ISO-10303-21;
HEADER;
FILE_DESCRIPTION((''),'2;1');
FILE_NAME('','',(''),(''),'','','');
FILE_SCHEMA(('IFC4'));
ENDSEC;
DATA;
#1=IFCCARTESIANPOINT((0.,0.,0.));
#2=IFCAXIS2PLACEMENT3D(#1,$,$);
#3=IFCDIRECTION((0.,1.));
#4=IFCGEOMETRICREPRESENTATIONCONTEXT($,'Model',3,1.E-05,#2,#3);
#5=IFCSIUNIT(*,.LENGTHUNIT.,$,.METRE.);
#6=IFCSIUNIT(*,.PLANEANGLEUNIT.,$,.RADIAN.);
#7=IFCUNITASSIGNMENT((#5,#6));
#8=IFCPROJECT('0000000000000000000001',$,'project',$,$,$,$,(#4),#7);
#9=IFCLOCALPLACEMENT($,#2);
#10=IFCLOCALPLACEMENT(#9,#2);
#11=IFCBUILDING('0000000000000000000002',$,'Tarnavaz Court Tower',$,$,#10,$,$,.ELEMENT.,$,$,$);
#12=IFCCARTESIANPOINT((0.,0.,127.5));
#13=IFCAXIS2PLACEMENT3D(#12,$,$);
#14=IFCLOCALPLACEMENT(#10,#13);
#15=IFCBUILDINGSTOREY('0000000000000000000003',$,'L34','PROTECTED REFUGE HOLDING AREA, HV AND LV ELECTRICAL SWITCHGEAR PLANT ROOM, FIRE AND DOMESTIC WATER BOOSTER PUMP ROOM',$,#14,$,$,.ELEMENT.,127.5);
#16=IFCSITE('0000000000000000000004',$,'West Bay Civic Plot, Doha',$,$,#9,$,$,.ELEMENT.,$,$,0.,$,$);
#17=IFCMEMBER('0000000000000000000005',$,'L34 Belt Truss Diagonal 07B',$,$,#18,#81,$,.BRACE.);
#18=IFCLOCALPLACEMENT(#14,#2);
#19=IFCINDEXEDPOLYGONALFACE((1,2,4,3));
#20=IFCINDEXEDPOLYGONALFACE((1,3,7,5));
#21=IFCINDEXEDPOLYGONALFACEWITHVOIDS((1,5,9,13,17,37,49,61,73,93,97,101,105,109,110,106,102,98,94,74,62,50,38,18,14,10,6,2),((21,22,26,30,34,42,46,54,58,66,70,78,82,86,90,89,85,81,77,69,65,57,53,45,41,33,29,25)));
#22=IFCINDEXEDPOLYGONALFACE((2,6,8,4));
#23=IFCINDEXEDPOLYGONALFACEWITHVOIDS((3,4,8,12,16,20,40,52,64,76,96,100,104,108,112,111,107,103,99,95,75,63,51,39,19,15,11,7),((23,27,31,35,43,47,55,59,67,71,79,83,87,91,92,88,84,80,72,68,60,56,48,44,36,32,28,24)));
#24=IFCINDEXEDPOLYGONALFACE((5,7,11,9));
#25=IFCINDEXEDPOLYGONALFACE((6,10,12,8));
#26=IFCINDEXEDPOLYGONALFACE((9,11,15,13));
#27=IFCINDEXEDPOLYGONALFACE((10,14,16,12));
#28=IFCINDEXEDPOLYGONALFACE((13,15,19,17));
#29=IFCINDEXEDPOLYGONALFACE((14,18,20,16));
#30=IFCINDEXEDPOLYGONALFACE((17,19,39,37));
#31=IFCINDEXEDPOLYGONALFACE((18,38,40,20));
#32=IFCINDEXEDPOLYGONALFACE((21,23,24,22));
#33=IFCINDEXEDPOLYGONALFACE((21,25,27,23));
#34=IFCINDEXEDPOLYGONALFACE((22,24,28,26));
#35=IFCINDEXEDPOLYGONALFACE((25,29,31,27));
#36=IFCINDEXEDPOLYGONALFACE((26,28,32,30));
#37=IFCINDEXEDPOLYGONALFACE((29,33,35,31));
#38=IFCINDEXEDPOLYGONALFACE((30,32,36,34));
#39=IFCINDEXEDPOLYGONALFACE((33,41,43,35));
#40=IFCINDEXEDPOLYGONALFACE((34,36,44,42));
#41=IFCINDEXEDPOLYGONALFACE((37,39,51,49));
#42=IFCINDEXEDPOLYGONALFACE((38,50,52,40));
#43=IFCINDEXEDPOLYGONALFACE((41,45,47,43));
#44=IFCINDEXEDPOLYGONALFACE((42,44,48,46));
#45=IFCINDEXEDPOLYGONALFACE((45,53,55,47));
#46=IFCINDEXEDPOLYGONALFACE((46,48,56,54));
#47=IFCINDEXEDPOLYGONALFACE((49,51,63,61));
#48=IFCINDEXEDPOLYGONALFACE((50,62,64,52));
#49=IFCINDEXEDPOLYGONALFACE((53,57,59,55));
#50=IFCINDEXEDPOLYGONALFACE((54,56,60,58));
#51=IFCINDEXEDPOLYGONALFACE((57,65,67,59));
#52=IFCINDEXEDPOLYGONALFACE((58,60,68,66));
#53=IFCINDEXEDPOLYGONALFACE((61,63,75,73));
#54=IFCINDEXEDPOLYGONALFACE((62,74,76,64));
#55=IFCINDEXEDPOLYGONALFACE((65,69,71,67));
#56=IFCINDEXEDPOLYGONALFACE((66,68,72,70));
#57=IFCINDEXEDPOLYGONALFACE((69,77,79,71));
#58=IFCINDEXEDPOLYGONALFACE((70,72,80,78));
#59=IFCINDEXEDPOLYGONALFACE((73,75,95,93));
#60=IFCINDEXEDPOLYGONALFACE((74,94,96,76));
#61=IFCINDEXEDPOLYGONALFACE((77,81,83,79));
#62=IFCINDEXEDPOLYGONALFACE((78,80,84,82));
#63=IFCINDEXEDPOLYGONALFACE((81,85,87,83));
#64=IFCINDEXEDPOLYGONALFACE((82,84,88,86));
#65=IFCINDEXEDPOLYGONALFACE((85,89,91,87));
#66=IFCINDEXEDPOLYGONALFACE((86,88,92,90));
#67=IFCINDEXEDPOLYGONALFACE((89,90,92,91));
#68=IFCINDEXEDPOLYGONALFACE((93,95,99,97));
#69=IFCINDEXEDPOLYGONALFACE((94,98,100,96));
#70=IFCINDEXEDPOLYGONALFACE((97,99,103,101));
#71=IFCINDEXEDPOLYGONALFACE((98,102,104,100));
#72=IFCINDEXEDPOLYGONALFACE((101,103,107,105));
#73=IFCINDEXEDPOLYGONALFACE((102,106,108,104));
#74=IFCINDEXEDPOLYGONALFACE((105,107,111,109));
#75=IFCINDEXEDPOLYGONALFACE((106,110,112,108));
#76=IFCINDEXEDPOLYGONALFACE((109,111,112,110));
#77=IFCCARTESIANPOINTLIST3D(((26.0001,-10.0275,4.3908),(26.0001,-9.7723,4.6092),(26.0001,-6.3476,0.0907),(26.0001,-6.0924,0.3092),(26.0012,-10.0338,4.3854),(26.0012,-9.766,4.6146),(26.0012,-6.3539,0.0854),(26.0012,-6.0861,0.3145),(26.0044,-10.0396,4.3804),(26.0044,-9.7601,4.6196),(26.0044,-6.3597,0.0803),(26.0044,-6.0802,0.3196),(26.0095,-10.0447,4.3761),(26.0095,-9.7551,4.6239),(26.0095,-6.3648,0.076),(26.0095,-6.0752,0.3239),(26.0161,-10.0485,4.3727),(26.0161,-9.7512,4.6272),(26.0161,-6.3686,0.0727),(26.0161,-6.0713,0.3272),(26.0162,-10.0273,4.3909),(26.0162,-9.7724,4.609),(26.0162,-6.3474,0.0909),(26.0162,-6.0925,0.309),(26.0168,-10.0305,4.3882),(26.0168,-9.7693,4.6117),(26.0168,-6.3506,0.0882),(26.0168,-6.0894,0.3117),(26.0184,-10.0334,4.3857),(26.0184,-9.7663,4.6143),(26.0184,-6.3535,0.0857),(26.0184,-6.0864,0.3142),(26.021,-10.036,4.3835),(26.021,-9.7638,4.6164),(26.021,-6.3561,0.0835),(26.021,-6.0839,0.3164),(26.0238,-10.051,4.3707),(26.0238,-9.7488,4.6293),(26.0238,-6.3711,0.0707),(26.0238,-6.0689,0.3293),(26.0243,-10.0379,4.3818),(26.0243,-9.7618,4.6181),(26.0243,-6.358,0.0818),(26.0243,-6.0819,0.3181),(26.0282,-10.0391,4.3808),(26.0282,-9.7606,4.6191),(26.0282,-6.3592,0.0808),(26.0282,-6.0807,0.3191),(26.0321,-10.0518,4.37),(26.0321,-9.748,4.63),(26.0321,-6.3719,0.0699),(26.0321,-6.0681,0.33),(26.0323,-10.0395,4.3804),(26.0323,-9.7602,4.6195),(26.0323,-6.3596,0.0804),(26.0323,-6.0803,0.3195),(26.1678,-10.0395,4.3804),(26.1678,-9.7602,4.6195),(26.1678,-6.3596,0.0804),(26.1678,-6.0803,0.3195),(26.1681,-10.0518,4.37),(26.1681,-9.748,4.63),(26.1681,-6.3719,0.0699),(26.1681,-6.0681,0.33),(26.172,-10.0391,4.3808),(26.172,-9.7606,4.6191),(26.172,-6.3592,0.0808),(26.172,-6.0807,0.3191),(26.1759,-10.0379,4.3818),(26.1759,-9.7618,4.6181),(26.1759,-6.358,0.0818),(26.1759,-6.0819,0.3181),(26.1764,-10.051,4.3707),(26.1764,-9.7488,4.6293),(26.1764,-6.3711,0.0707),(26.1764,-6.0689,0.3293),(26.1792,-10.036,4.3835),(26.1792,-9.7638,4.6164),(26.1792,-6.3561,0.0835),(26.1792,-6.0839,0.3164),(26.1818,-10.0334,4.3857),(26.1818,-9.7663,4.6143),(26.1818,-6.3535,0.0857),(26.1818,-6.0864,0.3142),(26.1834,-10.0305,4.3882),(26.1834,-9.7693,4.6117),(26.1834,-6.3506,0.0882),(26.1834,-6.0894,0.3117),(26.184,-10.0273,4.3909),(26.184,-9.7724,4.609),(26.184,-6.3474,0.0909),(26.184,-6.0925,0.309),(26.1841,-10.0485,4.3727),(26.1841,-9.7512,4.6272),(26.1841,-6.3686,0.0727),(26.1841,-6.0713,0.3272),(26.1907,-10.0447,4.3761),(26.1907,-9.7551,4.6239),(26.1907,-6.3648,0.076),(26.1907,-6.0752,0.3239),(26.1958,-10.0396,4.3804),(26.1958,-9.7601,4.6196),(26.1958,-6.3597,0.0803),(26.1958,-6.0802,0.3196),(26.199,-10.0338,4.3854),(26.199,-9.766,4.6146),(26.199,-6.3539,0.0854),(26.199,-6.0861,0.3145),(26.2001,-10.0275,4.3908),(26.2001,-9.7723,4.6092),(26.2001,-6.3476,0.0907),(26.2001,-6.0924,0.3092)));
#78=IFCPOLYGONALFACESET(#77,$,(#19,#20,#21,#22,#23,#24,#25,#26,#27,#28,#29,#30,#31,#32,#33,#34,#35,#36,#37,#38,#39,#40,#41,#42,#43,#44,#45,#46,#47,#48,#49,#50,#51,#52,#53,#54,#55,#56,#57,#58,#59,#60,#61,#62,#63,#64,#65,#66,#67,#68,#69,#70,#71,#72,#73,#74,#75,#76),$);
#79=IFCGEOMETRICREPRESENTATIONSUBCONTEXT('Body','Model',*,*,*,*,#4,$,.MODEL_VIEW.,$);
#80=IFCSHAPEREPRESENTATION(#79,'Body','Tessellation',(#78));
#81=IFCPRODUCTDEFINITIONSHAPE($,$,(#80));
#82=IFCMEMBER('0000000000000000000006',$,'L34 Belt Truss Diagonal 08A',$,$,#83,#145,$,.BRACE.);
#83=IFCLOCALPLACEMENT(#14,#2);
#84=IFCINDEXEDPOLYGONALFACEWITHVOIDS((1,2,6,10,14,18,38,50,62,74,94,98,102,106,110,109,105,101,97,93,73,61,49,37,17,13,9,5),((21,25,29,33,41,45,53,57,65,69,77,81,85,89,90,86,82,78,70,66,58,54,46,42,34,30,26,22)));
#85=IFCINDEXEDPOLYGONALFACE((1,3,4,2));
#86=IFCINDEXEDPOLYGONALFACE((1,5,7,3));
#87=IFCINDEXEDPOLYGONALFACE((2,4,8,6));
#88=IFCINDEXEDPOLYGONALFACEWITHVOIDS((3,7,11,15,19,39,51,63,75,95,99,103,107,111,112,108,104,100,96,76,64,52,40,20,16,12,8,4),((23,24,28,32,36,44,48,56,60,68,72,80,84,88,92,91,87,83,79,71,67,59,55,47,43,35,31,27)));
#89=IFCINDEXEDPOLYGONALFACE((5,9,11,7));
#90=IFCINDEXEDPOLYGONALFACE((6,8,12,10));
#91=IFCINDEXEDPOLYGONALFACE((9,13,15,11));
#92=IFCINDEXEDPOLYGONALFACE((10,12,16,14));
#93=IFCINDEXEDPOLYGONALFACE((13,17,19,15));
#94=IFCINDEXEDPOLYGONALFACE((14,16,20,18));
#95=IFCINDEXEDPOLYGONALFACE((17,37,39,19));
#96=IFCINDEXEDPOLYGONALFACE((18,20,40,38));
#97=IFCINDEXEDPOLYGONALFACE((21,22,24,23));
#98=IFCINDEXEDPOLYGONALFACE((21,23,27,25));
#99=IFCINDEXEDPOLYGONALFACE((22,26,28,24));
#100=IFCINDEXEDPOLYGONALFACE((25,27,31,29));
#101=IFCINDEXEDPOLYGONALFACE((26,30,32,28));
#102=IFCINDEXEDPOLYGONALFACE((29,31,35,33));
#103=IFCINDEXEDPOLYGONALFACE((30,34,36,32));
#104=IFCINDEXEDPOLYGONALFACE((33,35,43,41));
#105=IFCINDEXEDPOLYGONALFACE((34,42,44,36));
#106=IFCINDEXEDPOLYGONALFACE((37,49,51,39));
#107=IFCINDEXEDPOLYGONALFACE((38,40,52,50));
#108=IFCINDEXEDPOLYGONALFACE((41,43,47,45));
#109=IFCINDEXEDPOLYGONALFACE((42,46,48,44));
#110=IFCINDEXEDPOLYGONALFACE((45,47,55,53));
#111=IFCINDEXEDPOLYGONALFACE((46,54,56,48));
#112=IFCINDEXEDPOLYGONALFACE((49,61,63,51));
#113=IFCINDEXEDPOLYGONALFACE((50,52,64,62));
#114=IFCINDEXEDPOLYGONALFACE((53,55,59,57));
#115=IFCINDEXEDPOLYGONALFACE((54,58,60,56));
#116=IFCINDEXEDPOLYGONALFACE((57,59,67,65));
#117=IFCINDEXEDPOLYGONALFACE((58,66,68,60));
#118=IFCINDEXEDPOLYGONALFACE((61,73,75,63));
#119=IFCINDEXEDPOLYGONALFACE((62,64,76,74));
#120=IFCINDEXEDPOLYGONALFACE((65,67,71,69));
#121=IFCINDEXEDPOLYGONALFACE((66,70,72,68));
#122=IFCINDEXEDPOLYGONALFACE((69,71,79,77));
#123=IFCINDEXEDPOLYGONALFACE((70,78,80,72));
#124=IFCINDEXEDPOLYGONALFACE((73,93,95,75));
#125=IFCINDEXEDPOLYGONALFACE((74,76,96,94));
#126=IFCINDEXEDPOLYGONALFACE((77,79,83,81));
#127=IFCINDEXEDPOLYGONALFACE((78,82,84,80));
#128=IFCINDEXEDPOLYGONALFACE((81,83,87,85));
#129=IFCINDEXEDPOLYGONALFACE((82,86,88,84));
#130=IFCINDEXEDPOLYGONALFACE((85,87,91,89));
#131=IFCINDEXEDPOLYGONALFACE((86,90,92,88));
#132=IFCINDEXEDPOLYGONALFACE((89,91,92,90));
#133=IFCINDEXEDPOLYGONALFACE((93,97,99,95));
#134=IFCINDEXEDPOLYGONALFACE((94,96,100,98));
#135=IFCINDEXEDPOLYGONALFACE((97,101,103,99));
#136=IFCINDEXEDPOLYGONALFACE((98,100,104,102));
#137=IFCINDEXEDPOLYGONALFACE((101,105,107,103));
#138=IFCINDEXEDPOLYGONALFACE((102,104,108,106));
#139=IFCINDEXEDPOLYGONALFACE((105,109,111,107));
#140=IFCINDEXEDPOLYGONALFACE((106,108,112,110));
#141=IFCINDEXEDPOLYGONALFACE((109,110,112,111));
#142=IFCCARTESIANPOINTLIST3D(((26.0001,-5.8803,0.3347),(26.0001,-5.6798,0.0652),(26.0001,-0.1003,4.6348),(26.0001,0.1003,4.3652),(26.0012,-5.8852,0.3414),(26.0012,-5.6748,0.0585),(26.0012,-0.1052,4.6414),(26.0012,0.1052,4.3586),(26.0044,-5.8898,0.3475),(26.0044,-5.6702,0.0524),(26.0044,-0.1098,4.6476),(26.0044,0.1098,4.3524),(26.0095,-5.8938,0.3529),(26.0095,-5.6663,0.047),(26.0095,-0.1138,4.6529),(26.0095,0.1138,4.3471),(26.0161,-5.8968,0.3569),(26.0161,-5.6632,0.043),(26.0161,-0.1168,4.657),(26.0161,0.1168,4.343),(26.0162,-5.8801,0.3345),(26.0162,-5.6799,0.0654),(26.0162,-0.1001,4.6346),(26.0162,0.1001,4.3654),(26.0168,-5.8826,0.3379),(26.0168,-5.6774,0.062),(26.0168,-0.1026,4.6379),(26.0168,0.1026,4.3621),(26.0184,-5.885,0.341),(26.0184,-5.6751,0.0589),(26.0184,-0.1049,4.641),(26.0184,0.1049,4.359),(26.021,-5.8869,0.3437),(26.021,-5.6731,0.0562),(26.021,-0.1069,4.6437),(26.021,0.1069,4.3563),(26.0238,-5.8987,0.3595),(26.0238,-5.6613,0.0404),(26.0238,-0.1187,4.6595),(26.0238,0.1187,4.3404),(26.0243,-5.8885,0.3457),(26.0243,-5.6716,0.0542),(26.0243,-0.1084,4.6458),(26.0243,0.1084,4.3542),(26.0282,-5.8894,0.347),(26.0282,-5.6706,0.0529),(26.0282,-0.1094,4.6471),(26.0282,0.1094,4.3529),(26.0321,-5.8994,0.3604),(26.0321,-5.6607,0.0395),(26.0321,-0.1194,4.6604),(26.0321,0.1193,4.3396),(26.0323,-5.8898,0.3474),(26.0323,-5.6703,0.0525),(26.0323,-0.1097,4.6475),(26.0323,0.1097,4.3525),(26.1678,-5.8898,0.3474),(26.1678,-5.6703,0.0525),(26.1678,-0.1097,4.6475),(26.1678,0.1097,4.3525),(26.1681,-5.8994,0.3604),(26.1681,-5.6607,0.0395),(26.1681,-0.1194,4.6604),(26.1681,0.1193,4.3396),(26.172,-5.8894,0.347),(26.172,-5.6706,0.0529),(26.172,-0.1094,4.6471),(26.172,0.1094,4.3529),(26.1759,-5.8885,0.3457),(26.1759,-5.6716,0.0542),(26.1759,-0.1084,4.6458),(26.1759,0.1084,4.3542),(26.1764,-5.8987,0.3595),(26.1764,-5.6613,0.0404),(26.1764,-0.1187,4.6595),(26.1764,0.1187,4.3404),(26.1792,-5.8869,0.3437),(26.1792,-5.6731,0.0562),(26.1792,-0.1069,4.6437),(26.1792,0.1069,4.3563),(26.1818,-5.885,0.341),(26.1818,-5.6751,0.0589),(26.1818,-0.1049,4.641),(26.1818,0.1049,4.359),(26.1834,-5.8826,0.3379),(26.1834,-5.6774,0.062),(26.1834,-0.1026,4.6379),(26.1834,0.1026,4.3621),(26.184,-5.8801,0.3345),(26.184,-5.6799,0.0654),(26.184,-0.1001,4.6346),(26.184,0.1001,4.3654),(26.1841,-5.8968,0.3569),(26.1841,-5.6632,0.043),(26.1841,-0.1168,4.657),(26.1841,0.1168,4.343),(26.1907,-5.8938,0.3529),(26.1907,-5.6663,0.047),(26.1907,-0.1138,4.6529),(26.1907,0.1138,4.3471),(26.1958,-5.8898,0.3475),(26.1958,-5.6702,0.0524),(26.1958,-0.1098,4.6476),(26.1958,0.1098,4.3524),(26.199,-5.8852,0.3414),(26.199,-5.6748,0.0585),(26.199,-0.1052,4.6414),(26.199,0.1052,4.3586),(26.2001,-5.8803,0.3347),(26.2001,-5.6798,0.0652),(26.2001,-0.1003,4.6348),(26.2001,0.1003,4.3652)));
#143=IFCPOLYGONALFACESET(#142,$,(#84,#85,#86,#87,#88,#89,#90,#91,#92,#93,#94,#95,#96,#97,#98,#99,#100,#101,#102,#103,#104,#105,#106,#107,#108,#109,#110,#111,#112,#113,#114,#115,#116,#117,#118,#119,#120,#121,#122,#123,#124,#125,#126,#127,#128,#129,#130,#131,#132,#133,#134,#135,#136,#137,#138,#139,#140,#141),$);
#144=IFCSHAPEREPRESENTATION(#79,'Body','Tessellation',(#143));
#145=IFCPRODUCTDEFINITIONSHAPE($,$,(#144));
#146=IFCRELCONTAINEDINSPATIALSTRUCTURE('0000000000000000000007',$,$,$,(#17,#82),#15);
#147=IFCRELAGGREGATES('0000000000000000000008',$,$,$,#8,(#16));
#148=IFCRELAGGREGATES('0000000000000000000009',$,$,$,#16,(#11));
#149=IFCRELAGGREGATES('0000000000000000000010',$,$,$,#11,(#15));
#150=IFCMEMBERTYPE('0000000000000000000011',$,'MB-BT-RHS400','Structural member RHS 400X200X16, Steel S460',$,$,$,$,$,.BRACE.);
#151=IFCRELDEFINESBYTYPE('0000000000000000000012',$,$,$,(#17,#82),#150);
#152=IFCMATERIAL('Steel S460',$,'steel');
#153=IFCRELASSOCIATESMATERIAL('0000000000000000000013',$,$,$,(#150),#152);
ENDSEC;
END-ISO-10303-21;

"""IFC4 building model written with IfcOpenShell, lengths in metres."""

from ifc_helpers import new_model, si_unit, direction, frame, origin, origin_2d, place, context, subcontext, project, spatial, hollow_rectangle, extrude, material, material_profile, profile_set, type_object, element, save


model = new_model("IFC4")

# Units and contexts
model_context = context("Model", 3, precision=1e-05, world=origin(), true_north=direction((0.0, 1.0)))
body_context = subcontext(model_context, "Body", "Model", "MODEL_VIEW")
ifc_project = project(units=[si_unit("LENGTHUNIT", "METRE"), si_unit("PLANEANGLEUNIT", "RADIAN")], contexts=[model_context])

# Site, building, storey
site_placement = place(None, origin())
site = spatial("IfcSite", under=ifc_project, at=site_placement, Name="West Bay Civic Plot, Doha", CompositionType="ELEMENT", RefElevation=0.0)
building_placement = place(site_placement, origin())
building = spatial("IfcBuilding", under=site, at=building_placement, Name="Tarnavaz Court Tower", CompositionType="ELEMENT")
storey_placement = place(building_placement, frame((0.0, 0.0, 127.5)))
storey = spatial("IfcBuildingStorey", under=building, at=storey_placement, Name="L34", Description="PROTECTED REFUGE HOLDING AREA, HV AND LV ELECTRICAL SWITCHGEAR PLANT ROOM, FIRE AND DOMESTIC WATER BOOSTER PUMP ROOM", CompositionType="ELEMENT", Elevation=127.5)

# Shared definitions
ifc_material_1 = material(Name="Steel S460", Category="steel")

# Members
ifc_material_profile_1 = material_profile(ifc_material_1, hollow_rectangle(XDim=0.2, YDim=0.3999, WallThickness=0.0161, InnerFilletRadius=0.0161, OuterFilletRadius=0.032, at=origin_2d()), Name="RHS 400X200X16")
ifc_profile_set_1 = profile_set([ifc_material_profile_1], Name="Steel S460")
member_type_1 = type_object("IfcMemberType", Name="MB-BT-RHS400", Description="Structural member RHS 400X200X16, Steel S460", PredefinedType="BRACE", material=ifc_profile_set_1)
member_1_placement = place(storey_placement, frame((26.1001, -6.22, 0.2), z_axis=(0.0, -0.650198, 0.759765), x_axis=(1.0, 0.0, 0.0)))
element("IfcMember", 1, at=member_1_placement, inside=storey, type_object=member_type_1, Name="L34 Belt Truss Diagonal 07B", PredefinedType="BRACE", context=body_context, shape_type="SweptSolid", body=[
    extrude(hollow_rectangle(XDim=0.2, YDim=0.3999, WallThickness=0.0161, InnerFilletRadius=0.0161, OuterFilletRadius=0.032, at=origin_2d()), origin(), (0.0, 0.0, 1.0), 5.6597),
])
member_2_placement = place(storey_placement, frame((26.1001, -5.78, 0.2), z_axis=(0.0, 0.802324, 0.596889), x_axis=(-1.0, 0.0, 0.0)))
element("IfcMember", 2, at=member_2_placement, inside=storey, type_object=member_type_1, Name="L34 Belt Truss Diagonal 08A", PredefinedType="BRACE", context=body_context, shape_type="SweptSolid", body=[
    extrude(hollow_rectangle(XDim=0.2, YDim=0.3999, WallThickness=0.0161, InnerFilletRadius=0.0161, OuterFilletRadius=0.032, at=origin_2d()), origin(), (0.0, 0.0, 1.0), 7.2041),
])

save(model, "model.ifc")
